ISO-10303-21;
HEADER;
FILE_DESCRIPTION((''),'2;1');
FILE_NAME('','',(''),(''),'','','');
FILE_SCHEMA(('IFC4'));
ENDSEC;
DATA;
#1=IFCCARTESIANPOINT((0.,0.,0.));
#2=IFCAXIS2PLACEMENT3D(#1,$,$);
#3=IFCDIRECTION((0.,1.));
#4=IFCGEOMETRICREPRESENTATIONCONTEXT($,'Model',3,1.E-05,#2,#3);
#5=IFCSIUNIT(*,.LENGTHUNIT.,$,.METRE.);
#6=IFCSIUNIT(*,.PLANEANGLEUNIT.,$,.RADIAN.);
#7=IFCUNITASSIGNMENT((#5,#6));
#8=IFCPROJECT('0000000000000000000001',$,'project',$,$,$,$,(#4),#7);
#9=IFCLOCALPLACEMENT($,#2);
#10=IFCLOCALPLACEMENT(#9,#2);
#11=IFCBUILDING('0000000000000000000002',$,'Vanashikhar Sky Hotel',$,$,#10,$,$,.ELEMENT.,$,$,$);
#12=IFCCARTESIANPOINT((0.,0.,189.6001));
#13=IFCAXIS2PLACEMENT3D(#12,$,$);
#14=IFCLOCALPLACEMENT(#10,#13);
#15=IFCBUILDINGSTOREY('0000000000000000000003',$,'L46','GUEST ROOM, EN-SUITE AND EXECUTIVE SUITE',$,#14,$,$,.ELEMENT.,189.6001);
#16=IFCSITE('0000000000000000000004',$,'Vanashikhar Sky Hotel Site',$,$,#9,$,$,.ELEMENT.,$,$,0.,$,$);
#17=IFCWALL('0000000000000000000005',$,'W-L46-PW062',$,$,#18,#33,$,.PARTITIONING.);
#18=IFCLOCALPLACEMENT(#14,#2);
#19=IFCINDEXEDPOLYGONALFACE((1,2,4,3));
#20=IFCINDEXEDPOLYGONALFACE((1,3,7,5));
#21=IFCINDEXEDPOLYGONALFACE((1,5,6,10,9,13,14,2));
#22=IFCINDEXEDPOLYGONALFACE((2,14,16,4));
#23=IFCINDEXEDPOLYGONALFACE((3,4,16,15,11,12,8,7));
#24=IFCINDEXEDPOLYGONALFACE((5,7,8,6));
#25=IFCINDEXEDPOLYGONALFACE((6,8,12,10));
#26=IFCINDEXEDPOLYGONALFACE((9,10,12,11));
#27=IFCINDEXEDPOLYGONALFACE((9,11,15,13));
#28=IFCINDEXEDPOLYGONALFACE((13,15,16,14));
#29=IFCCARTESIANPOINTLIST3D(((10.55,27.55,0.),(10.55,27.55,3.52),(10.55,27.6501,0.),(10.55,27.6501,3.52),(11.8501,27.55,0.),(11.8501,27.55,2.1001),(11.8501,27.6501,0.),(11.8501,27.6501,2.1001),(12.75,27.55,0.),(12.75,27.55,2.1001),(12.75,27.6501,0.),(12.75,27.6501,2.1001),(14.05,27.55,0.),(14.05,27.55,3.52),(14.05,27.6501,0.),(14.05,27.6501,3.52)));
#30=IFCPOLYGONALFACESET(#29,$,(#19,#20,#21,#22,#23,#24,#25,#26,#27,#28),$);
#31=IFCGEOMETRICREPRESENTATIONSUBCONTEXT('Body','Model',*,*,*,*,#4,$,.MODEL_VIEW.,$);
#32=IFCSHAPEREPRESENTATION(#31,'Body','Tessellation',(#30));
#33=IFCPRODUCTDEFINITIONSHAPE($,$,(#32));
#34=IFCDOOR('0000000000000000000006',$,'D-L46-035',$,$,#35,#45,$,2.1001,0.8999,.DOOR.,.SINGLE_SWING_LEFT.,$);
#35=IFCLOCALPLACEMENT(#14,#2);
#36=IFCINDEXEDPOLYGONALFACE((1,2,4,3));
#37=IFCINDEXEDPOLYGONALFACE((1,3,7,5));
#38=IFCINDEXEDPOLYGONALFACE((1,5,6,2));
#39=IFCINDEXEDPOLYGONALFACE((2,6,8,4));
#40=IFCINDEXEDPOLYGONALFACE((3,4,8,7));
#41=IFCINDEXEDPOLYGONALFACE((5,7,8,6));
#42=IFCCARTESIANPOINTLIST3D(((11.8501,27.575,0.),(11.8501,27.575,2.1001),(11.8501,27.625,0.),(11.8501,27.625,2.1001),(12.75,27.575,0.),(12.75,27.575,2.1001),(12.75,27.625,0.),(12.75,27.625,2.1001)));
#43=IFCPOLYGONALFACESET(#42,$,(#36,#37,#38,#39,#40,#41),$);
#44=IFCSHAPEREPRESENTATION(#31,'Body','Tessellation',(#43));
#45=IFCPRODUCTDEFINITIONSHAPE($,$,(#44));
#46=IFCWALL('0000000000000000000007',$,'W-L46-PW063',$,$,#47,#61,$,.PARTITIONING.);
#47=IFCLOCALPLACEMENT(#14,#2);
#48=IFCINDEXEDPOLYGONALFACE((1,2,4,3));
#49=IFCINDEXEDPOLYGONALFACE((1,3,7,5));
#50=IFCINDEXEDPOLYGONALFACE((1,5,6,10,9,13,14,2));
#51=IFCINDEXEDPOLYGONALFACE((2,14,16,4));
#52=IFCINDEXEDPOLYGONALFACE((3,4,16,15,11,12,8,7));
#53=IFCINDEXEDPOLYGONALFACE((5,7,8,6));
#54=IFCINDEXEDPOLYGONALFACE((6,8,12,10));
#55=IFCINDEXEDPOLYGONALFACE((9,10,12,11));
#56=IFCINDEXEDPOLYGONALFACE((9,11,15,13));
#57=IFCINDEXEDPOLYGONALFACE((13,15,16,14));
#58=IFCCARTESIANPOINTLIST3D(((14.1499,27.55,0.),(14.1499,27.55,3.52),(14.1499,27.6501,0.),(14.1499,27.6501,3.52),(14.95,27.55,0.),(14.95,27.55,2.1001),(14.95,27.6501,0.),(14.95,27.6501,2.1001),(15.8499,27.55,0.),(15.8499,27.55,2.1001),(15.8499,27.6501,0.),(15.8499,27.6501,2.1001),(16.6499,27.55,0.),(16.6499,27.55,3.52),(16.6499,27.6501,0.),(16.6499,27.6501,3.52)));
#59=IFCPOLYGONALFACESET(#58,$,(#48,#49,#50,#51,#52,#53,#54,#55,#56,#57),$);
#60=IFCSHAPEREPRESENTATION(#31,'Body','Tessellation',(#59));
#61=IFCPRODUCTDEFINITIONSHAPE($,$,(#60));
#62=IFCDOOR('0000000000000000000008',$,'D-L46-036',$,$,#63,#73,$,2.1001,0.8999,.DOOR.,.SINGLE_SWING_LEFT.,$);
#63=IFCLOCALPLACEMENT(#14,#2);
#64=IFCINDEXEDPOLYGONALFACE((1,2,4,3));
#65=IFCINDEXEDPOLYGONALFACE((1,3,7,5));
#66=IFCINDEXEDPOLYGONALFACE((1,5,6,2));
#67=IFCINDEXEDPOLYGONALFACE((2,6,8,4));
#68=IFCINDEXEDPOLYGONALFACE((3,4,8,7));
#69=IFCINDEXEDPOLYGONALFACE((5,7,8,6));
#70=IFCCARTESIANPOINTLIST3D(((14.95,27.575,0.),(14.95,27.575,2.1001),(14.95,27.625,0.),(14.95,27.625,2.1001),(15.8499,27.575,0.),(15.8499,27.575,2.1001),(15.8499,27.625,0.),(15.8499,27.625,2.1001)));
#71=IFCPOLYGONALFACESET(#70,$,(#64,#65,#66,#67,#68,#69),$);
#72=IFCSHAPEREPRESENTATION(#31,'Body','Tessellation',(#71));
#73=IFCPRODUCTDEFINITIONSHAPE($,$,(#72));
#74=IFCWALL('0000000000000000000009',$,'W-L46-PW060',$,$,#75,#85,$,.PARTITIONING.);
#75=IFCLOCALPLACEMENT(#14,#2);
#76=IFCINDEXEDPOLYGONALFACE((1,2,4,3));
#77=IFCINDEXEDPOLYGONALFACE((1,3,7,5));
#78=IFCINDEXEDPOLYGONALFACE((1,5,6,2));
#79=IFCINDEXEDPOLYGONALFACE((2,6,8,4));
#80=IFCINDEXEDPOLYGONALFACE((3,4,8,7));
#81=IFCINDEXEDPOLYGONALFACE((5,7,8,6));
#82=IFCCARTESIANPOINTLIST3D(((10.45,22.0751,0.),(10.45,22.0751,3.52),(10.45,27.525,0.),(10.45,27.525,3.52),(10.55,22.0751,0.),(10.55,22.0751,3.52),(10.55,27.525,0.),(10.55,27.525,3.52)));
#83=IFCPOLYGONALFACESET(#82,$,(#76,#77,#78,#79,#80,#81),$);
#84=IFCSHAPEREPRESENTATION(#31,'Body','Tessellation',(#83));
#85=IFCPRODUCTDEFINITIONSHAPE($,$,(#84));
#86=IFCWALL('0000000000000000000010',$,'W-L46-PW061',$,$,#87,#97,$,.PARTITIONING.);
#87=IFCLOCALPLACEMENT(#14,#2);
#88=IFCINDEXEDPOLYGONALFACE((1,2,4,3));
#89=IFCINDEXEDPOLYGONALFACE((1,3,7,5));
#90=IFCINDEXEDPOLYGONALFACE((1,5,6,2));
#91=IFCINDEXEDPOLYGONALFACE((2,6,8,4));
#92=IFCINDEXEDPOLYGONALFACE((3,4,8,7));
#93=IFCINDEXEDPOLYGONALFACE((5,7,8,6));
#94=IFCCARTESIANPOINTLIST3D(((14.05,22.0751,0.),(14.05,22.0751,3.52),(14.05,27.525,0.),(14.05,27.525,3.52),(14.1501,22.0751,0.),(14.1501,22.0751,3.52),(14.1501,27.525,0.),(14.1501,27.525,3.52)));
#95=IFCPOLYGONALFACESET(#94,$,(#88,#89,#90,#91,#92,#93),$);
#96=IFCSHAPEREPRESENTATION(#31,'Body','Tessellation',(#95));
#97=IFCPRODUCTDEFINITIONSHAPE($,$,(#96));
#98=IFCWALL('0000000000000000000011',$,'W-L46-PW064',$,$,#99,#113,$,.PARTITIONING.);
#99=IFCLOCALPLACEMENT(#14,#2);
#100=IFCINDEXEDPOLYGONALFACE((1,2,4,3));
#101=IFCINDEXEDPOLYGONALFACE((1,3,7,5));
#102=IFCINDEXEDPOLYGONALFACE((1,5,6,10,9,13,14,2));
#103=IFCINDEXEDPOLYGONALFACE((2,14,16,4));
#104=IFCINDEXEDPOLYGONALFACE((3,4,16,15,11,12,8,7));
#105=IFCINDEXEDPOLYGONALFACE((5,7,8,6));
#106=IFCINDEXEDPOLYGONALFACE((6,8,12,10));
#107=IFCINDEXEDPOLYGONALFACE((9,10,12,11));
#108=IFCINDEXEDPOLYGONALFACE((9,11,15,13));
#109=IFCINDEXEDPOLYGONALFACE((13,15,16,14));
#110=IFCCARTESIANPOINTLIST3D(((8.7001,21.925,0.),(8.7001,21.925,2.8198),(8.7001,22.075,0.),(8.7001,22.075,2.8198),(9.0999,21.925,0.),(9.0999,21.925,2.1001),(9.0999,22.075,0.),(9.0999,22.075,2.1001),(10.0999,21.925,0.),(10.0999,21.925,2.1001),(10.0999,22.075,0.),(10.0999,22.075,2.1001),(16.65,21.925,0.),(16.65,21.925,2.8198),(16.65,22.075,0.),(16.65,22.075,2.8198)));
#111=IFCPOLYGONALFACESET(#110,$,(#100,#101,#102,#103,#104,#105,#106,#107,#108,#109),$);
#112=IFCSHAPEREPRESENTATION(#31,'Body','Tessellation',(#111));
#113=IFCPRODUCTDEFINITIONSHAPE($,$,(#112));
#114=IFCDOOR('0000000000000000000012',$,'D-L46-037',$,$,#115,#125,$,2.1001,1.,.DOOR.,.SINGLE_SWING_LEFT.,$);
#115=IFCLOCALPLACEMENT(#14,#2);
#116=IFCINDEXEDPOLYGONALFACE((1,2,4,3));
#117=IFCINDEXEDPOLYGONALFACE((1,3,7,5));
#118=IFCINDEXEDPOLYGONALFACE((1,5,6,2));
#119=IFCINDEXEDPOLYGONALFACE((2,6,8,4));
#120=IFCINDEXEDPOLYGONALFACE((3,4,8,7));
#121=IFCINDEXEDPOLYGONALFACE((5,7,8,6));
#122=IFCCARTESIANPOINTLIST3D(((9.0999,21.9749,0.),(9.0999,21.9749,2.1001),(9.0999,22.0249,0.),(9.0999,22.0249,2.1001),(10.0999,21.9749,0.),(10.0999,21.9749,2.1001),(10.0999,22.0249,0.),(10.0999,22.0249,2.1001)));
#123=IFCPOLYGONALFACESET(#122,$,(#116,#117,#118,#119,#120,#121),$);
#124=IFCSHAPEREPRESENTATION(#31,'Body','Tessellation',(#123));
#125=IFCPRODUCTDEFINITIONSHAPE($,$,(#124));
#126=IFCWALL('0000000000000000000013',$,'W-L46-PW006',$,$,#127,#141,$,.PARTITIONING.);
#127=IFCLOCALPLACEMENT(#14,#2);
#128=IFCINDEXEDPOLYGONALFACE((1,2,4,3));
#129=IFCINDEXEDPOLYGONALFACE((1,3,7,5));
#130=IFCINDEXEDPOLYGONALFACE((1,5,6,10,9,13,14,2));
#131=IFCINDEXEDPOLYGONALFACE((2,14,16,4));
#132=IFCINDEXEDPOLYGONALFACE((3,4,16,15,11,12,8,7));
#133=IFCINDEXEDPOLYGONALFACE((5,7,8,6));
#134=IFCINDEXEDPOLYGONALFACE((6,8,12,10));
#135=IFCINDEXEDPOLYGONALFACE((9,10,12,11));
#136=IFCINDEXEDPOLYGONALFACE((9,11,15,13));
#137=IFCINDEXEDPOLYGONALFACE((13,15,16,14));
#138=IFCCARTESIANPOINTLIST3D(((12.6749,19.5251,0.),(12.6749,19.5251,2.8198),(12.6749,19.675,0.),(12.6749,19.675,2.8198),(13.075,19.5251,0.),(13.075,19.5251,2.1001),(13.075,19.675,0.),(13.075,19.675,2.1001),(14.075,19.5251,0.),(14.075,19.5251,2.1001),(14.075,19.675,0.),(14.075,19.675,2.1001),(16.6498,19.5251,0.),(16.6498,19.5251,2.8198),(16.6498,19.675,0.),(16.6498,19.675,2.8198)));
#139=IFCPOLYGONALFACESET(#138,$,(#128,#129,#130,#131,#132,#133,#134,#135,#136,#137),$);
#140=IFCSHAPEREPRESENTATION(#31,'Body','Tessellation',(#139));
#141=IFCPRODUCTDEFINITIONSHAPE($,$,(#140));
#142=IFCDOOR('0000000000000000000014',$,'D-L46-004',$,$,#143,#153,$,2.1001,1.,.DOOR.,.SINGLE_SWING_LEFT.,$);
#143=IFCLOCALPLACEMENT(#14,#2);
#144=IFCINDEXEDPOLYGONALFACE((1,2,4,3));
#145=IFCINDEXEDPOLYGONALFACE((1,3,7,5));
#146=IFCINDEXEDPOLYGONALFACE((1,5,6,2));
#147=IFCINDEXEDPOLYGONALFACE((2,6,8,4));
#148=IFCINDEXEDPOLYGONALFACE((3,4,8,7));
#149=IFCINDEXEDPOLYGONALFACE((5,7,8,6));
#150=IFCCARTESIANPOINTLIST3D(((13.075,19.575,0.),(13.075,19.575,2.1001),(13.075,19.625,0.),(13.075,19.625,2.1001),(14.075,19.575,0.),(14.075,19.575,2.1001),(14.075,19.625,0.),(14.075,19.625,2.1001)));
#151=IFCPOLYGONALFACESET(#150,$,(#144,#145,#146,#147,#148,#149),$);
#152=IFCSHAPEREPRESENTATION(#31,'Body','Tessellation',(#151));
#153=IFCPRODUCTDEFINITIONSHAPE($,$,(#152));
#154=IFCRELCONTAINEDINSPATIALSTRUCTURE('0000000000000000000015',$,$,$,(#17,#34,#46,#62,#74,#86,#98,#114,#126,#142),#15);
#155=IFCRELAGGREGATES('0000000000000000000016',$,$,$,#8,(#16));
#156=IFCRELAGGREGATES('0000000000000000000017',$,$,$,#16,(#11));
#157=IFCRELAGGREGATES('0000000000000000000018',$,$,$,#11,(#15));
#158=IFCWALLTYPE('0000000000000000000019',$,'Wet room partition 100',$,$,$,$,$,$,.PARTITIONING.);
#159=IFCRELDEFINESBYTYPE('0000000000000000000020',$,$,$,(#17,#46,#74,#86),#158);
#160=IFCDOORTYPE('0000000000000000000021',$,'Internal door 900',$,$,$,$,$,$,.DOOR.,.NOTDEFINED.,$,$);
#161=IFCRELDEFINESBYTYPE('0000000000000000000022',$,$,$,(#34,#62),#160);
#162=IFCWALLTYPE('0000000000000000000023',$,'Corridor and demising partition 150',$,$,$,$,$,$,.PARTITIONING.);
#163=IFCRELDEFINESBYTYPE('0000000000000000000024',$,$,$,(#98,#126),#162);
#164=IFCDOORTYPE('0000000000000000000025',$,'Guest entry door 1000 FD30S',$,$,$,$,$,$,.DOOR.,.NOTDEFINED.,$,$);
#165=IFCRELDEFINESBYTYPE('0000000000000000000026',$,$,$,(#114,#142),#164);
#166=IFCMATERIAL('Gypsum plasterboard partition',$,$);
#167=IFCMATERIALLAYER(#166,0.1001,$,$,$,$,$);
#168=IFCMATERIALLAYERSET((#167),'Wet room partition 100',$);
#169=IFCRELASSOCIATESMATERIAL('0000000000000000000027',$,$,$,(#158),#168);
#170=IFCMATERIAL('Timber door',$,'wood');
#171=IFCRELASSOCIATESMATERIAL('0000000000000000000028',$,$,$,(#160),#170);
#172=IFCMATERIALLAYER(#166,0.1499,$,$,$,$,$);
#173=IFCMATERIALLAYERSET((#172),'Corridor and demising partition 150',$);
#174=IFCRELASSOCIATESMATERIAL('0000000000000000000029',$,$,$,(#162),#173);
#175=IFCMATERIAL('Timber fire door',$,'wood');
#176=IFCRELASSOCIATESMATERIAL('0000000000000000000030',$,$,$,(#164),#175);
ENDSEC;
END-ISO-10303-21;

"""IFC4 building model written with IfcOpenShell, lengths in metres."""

from ifc_helpers import new_model, si_unit, direction, frame, frame_2d, origin, place, context, subcontext, project, spatial, rectangle, extrude, source, transform, mapped, material, layer, layer_set, type_object, element, fill, save


model = new_model("IFC4")

# Units and contexts
model_context = context("Model", 3, precision=1e-05, world=origin(), true_north=direction((0.0, 1.0)))
body_context = subcontext(model_context, "Body", "Model", "MODEL_VIEW")
ifc_project = project(units=[si_unit("LENGTHUNIT", "METRE"), si_unit("PLANEANGLEUNIT", "RADIAN")], contexts=[model_context])

# Site, building, storey
site_placement = place(None, origin())
site = spatial("IfcSite", under=ifc_project, at=site_placement, Name="Vanashikhar Sky Hotel Site", CompositionType="ELEMENT", RefElevation=0.0)
building_placement = place(site_placement, origin())
building = spatial("IfcBuilding", under=site, at=building_placement, Name="Vanashikhar Sky Hotel", CompositionType="ELEMENT")
storey_placement = place(building_placement, frame((0.0, 0.0, 189.6001)))
storey = spatial("IfcBuildingStorey", under=building, at=storey_placement, Name="L46", Description="GUEST ROOM, EN-SUITE AND EXECUTIVE SUITE", CompositionType="ELEMENT", Elevation=189.6001)

# Walls, openings, doors
ifc_material_1 = material(Name="Gypsum plasterboard partition")
ifc_layer_1 = layer(ifc_material_1, 0.1001)
ifc_layer_set_1 = layer_set([ifc_layer_1], Name="Wet room partition 100")
wall_type_1 = type_object("IfcWallType", Name="Wet room partition 100", PredefinedType="PARTITIONING", material=ifc_layer_set_1)
shared_shape_1 = source(origin(), body_context, "Body", "SweptSolid", [
    extrude(rectangle(XDim=3.5, YDim=0.1001, at=frame_2d((1.75, 0.0))), origin(), (0.0, 0.0, 1.0), 3.52),
])
wall_1_placement = place(storey_placement, frame((10.55, 27.6001, 0.0), z_axis=(0.0, 0.0, 1.0), x_axis=(1.0, 0.0, 0.0)))
wall_1 = element("IfcWall", 1, at=wall_1_placement, inside=storey, type_object=wall_type_1, Name="W-L46-PW062", PredefinedType="PARTITIONING", context=body_context, shape_type="MappedRepresentation", body=[
    mapped(shared_shape_1, transform((0.0, 0.0, 0.0), scale=1.0)),
])
shared_shape_2 = source(origin(), body_context, "Body", "SweptSolid", [
    extrude(rectangle(XDim=0.8999, YDim=2.1001, at=frame_2d((0.45, 1.05))), frame((0.0, 0.0601, 0.0), z_axis=(0.0, -1.0, 0.0), x_axis=(1.0, 0.0, 0.0)), (0.0, 0.0, 1.0), 0.1201),
])
opening_1_placement = place(wall_1_placement, frame((1.3, 0.0, 0.0)))
opening_1 = element("IfcOpeningElement", 2, at=opening_1_placement, cuts=wall_1, PredefinedType="OPENING", context=body_context, shape_type="MappedRepresentation", body=[
    mapped(shared_shape_2, transform((0.0, 0.0, 0.0), scale=1.0)),
])
ifc_material_2 = material(Name="Timber door", Category="wood")
door_type_1 = type_object("IfcDoorType", Name="Internal door 900", OperationType="NOTDEFINED", PredefinedType="DOOR", material=ifc_material_2)
shared_shape_3 = source(origin(), body_context, "Body", "SweptSolid", [
    extrude(rectangle(XDim=0.8999, YDim=2.1001, at=frame_2d((0.45, 1.05))), frame((0.0, 0.0249, 0.0), z_axis=(0.0, -1.0, 0.0), x_axis=(1.0, 0.0, 0.0)), (0.0, 0.0, 1.0), 0.05),
])
door_1_placement = place(opening_1_placement, origin())
door_1 = element("IfcDoor", 3, at=door_1_placement, inside=storey, type_object=door_type_1, Name="D-L46-035", OperationType="SINGLE_SWING_LEFT", OverallHeight=2.1001, OverallWidth=0.8999, PredefinedType="DOOR", context=body_context, shape_type="MappedRepresentation", body=[
    mapped(shared_shape_3, transform((0.0, 0.0, 0.0), scale=1.0)),
])
fill(opening_1, door_1)
shared_shape_4 = source(origin(), body_context, "Body", "SweptSolid", [
    extrude(rectangle(XDim=2.5, YDim=0.1001, at=frame_2d((1.25, 0.0))), origin(), (0.0, 0.0, 1.0), 3.52),
])
wall_2_placement = place(storey_placement, frame((14.1499, 27.6001, 0.0), z_axis=(0.0, 0.0, 1.0), x_axis=(1.0, 0.0, 0.0)))
wall_2 = element("IfcWall", 4, at=wall_2_placement, inside=storey, type_object=wall_type_1, Name="W-L46-PW063", PredefinedType="PARTITIONING", context=body_context, shape_type="MappedRepresentation", body=[
    mapped(shared_shape_4, transform((0.0, 0.0, 0.0), scale=1.0)),
])
opening_2_placement = place(wall_2_placement, frame((0.8, 0.0, 0.0)))
opening_2 = element("IfcOpeningElement", 5, at=opening_2_placement, cuts=wall_2, PredefinedType="OPENING", context=body_context, shape_type="MappedRepresentation", body=[
    mapped(shared_shape_2, transform((0.0, 0.0, 0.0), scale=1.0)),
])
door_2_placement = place(opening_2_placement, origin())
door_2 = element("IfcDoor", 6, at=door_2_placement, inside=storey, type_object=door_type_1, Name="D-L46-036", OperationType="SINGLE_SWING_LEFT", OverallHeight=2.1001, OverallWidth=0.8999, PredefinedType="DOOR", context=body_context, shape_type="MappedRepresentation", body=[
    mapped(shared_shape_3, transform((0.0, 0.0, 0.0), scale=1.0)),
])
fill(opening_2, door_2)

# Walls
shared_shape_5 = source(origin(), body_context, "Body", "SweptSolid", [
    extrude(rectangle(XDim=5.45, YDim=0.1001, at=frame_2d((2.7251, 0.0))), origin(), (0.0, 0.0, 1.0), 3.52),
])
for number, where, z_axis, x_axis, name in (
    (7, (10.5, 22.075, 0.0), (0.0, 0.0, 1.0), (0.0, 1.0, 0.0), "W-L46-PW060"),
    (8, (14.1001, 22.075, 0.0), (0.0, 0.0, 1.0), (0.0, 1.0, 0.0), "W-L46-PW061"),
):
    element("IfcWall", number, at=place(storey_placement, frame(where, z_axis=z_axis, x_axis=x_axis)), inside=storey, type_object=wall_type_1, Name=name, PredefinedType="PARTITIONING", context=body_context, shape_type="MappedRepresentation", body=[
        mapped(shared_shape_5, transform((0.0, 0.0, 0.0), scale=1.0)),
    ])

# Walls, openings, doors
ifc_layer_2 = layer(ifc_material_1, 0.1499)
ifc_layer_set_2 = layer_set([ifc_layer_2], Name="Corridor and demising partition 150")
wall_type_2 = type_object("IfcWallType", Name="Corridor and demising partition 150", PredefinedType="PARTITIONING", material=ifc_layer_set_2)
shared_shape_6 = source(origin(), body_context, "Body", "SweptSolid", [
    extrude(rectangle(XDim=7.95, YDim=0.1499, at=frame_2d((3.9751, 0.0))), origin(), (0.0, 0.0, 1.0), 2.8198),
])
wall_3_placement = place(storey_placement, frame((8.7, 22.0, 0.0), z_axis=(0.0, 0.0, 1.0), x_axis=(1.0, 0.0, 0.0)))
wall_3 = element("IfcWall", 9, at=wall_3_placement, inside=storey, type_object=wall_type_2, Name="W-L46-PW064", PredefinedType="PARTITIONING", context=body_context, shape_type="MappedRepresentation", body=[
    mapped(shared_shape_6, transform((0.0, 0.0, 0.0), scale=1.0)),
])
shared_shape_7 = source(origin(), body_context, "Body", "SweptSolid", [
    extrude(rectangle(XDim=1.0, YDim=2.1001, at=frame_2d((0.5, 1.05))), frame((0.0, 0.085, 0.0), z_axis=(0.0, -1.0, 0.0), x_axis=(1.0, 0.0, 0.0)), (0.0, 0.0, 1.0), 0.1699),
])
opening_3_placement = place(wall_3_placement, frame((0.3999, 0.0, 0.0)))
opening_3 = element("IfcOpeningElement", 10, at=opening_3_placement, cuts=wall_3, PredefinedType="OPENING", context=body_context, shape_type="MappedRepresentation", body=[
    mapped(shared_shape_7, transform((0.0, 0.0, 0.0), scale=1.0)),
])
ifc_material_3 = material(Name="Timber fire door", Category="wood")
door_type_2 = type_object("IfcDoorType", Name="Guest entry door 1000 FD30S", OperationType="NOTDEFINED", PredefinedType="DOOR", material=ifc_material_3)
shared_shape_8 = source(origin(), body_context, "Body", "SweptSolid", [
    extrude(rectangle(XDim=1.0, YDim=2.1001, at=frame_2d((0.5, 1.05))), frame((0.0, 0.0249, 0.0), z_axis=(0.0, -1.0, 0.0), x_axis=(1.0, 0.0, 0.0)), (0.0, 0.0, 1.0), 0.05),
])
door_3_placement = place(opening_3_placement, origin())
door_3 = element("IfcDoor", 11, at=door_3_placement, inside=storey, type_object=door_type_2, Name="D-L46-037", OperationType="SINGLE_SWING_LEFT", OverallHeight=2.1001, OverallWidth=1.0, PredefinedType="DOOR", context=body_context, shape_type="MappedRepresentation", body=[
    mapped(shared_shape_8, transform((0.0, 0.0, 0.0), scale=1.0)),
])
fill(opening_3, door_3)
shared_shape_9 = source(origin(), body_context, "Body", "SweptSolid", [
    extrude(rectangle(XDim=3.9749, YDim=0.1499, at=frame_2d((1.9873, 0.0))), origin(), (0.0, 0.0, 1.0), 2.8198),
])
wall_4_placement = place(storey_placement, frame((12.675, 19.6001, 0.0), z_axis=(0.0, 0.0, 1.0), x_axis=(1.0, 0.0, 0.0)))
wall_4 = element("IfcWall", 12, at=wall_4_placement, inside=storey, type_object=wall_type_2, Name="W-L46-PW006", PredefinedType="PARTITIONING", context=body_context, shape_type="MappedRepresentation", body=[
    mapped(shared_shape_9, transform((0.0, 0.0, 0.0), scale=1.0)),
])
opening_4_placement = place(wall_4_placement, frame((0.3999, 0.0, 0.0)))
opening_4 = element("IfcOpeningElement", 13, at=opening_4_placement, cuts=wall_4, PredefinedType="OPENING", context=body_context, shape_type="MappedRepresentation", body=[
    mapped(shared_shape_7, transform((0.0, 0.0, 0.0), scale=1.0)),
])
door_4_placement = place(opening_4_placement, origin())
door_4 = element("IfcDoor", 14, at=door_4_placement, inside=storey, type_object=door_type_2, Name="D-L46-004", OperationType="SINGLE_SWING_LEFT", OverallHeight=2.1001, OverallWidth=1.0, PredefinedType="DOOR", context=body_context, shape_type="MappedRepresentation", body=[
    mapped(shared_shape_8, transform((0.0, 0.0, 0.0), scale=1.0)),
])
fill(opening_4, door_4)

save(model, "model.ifc")
